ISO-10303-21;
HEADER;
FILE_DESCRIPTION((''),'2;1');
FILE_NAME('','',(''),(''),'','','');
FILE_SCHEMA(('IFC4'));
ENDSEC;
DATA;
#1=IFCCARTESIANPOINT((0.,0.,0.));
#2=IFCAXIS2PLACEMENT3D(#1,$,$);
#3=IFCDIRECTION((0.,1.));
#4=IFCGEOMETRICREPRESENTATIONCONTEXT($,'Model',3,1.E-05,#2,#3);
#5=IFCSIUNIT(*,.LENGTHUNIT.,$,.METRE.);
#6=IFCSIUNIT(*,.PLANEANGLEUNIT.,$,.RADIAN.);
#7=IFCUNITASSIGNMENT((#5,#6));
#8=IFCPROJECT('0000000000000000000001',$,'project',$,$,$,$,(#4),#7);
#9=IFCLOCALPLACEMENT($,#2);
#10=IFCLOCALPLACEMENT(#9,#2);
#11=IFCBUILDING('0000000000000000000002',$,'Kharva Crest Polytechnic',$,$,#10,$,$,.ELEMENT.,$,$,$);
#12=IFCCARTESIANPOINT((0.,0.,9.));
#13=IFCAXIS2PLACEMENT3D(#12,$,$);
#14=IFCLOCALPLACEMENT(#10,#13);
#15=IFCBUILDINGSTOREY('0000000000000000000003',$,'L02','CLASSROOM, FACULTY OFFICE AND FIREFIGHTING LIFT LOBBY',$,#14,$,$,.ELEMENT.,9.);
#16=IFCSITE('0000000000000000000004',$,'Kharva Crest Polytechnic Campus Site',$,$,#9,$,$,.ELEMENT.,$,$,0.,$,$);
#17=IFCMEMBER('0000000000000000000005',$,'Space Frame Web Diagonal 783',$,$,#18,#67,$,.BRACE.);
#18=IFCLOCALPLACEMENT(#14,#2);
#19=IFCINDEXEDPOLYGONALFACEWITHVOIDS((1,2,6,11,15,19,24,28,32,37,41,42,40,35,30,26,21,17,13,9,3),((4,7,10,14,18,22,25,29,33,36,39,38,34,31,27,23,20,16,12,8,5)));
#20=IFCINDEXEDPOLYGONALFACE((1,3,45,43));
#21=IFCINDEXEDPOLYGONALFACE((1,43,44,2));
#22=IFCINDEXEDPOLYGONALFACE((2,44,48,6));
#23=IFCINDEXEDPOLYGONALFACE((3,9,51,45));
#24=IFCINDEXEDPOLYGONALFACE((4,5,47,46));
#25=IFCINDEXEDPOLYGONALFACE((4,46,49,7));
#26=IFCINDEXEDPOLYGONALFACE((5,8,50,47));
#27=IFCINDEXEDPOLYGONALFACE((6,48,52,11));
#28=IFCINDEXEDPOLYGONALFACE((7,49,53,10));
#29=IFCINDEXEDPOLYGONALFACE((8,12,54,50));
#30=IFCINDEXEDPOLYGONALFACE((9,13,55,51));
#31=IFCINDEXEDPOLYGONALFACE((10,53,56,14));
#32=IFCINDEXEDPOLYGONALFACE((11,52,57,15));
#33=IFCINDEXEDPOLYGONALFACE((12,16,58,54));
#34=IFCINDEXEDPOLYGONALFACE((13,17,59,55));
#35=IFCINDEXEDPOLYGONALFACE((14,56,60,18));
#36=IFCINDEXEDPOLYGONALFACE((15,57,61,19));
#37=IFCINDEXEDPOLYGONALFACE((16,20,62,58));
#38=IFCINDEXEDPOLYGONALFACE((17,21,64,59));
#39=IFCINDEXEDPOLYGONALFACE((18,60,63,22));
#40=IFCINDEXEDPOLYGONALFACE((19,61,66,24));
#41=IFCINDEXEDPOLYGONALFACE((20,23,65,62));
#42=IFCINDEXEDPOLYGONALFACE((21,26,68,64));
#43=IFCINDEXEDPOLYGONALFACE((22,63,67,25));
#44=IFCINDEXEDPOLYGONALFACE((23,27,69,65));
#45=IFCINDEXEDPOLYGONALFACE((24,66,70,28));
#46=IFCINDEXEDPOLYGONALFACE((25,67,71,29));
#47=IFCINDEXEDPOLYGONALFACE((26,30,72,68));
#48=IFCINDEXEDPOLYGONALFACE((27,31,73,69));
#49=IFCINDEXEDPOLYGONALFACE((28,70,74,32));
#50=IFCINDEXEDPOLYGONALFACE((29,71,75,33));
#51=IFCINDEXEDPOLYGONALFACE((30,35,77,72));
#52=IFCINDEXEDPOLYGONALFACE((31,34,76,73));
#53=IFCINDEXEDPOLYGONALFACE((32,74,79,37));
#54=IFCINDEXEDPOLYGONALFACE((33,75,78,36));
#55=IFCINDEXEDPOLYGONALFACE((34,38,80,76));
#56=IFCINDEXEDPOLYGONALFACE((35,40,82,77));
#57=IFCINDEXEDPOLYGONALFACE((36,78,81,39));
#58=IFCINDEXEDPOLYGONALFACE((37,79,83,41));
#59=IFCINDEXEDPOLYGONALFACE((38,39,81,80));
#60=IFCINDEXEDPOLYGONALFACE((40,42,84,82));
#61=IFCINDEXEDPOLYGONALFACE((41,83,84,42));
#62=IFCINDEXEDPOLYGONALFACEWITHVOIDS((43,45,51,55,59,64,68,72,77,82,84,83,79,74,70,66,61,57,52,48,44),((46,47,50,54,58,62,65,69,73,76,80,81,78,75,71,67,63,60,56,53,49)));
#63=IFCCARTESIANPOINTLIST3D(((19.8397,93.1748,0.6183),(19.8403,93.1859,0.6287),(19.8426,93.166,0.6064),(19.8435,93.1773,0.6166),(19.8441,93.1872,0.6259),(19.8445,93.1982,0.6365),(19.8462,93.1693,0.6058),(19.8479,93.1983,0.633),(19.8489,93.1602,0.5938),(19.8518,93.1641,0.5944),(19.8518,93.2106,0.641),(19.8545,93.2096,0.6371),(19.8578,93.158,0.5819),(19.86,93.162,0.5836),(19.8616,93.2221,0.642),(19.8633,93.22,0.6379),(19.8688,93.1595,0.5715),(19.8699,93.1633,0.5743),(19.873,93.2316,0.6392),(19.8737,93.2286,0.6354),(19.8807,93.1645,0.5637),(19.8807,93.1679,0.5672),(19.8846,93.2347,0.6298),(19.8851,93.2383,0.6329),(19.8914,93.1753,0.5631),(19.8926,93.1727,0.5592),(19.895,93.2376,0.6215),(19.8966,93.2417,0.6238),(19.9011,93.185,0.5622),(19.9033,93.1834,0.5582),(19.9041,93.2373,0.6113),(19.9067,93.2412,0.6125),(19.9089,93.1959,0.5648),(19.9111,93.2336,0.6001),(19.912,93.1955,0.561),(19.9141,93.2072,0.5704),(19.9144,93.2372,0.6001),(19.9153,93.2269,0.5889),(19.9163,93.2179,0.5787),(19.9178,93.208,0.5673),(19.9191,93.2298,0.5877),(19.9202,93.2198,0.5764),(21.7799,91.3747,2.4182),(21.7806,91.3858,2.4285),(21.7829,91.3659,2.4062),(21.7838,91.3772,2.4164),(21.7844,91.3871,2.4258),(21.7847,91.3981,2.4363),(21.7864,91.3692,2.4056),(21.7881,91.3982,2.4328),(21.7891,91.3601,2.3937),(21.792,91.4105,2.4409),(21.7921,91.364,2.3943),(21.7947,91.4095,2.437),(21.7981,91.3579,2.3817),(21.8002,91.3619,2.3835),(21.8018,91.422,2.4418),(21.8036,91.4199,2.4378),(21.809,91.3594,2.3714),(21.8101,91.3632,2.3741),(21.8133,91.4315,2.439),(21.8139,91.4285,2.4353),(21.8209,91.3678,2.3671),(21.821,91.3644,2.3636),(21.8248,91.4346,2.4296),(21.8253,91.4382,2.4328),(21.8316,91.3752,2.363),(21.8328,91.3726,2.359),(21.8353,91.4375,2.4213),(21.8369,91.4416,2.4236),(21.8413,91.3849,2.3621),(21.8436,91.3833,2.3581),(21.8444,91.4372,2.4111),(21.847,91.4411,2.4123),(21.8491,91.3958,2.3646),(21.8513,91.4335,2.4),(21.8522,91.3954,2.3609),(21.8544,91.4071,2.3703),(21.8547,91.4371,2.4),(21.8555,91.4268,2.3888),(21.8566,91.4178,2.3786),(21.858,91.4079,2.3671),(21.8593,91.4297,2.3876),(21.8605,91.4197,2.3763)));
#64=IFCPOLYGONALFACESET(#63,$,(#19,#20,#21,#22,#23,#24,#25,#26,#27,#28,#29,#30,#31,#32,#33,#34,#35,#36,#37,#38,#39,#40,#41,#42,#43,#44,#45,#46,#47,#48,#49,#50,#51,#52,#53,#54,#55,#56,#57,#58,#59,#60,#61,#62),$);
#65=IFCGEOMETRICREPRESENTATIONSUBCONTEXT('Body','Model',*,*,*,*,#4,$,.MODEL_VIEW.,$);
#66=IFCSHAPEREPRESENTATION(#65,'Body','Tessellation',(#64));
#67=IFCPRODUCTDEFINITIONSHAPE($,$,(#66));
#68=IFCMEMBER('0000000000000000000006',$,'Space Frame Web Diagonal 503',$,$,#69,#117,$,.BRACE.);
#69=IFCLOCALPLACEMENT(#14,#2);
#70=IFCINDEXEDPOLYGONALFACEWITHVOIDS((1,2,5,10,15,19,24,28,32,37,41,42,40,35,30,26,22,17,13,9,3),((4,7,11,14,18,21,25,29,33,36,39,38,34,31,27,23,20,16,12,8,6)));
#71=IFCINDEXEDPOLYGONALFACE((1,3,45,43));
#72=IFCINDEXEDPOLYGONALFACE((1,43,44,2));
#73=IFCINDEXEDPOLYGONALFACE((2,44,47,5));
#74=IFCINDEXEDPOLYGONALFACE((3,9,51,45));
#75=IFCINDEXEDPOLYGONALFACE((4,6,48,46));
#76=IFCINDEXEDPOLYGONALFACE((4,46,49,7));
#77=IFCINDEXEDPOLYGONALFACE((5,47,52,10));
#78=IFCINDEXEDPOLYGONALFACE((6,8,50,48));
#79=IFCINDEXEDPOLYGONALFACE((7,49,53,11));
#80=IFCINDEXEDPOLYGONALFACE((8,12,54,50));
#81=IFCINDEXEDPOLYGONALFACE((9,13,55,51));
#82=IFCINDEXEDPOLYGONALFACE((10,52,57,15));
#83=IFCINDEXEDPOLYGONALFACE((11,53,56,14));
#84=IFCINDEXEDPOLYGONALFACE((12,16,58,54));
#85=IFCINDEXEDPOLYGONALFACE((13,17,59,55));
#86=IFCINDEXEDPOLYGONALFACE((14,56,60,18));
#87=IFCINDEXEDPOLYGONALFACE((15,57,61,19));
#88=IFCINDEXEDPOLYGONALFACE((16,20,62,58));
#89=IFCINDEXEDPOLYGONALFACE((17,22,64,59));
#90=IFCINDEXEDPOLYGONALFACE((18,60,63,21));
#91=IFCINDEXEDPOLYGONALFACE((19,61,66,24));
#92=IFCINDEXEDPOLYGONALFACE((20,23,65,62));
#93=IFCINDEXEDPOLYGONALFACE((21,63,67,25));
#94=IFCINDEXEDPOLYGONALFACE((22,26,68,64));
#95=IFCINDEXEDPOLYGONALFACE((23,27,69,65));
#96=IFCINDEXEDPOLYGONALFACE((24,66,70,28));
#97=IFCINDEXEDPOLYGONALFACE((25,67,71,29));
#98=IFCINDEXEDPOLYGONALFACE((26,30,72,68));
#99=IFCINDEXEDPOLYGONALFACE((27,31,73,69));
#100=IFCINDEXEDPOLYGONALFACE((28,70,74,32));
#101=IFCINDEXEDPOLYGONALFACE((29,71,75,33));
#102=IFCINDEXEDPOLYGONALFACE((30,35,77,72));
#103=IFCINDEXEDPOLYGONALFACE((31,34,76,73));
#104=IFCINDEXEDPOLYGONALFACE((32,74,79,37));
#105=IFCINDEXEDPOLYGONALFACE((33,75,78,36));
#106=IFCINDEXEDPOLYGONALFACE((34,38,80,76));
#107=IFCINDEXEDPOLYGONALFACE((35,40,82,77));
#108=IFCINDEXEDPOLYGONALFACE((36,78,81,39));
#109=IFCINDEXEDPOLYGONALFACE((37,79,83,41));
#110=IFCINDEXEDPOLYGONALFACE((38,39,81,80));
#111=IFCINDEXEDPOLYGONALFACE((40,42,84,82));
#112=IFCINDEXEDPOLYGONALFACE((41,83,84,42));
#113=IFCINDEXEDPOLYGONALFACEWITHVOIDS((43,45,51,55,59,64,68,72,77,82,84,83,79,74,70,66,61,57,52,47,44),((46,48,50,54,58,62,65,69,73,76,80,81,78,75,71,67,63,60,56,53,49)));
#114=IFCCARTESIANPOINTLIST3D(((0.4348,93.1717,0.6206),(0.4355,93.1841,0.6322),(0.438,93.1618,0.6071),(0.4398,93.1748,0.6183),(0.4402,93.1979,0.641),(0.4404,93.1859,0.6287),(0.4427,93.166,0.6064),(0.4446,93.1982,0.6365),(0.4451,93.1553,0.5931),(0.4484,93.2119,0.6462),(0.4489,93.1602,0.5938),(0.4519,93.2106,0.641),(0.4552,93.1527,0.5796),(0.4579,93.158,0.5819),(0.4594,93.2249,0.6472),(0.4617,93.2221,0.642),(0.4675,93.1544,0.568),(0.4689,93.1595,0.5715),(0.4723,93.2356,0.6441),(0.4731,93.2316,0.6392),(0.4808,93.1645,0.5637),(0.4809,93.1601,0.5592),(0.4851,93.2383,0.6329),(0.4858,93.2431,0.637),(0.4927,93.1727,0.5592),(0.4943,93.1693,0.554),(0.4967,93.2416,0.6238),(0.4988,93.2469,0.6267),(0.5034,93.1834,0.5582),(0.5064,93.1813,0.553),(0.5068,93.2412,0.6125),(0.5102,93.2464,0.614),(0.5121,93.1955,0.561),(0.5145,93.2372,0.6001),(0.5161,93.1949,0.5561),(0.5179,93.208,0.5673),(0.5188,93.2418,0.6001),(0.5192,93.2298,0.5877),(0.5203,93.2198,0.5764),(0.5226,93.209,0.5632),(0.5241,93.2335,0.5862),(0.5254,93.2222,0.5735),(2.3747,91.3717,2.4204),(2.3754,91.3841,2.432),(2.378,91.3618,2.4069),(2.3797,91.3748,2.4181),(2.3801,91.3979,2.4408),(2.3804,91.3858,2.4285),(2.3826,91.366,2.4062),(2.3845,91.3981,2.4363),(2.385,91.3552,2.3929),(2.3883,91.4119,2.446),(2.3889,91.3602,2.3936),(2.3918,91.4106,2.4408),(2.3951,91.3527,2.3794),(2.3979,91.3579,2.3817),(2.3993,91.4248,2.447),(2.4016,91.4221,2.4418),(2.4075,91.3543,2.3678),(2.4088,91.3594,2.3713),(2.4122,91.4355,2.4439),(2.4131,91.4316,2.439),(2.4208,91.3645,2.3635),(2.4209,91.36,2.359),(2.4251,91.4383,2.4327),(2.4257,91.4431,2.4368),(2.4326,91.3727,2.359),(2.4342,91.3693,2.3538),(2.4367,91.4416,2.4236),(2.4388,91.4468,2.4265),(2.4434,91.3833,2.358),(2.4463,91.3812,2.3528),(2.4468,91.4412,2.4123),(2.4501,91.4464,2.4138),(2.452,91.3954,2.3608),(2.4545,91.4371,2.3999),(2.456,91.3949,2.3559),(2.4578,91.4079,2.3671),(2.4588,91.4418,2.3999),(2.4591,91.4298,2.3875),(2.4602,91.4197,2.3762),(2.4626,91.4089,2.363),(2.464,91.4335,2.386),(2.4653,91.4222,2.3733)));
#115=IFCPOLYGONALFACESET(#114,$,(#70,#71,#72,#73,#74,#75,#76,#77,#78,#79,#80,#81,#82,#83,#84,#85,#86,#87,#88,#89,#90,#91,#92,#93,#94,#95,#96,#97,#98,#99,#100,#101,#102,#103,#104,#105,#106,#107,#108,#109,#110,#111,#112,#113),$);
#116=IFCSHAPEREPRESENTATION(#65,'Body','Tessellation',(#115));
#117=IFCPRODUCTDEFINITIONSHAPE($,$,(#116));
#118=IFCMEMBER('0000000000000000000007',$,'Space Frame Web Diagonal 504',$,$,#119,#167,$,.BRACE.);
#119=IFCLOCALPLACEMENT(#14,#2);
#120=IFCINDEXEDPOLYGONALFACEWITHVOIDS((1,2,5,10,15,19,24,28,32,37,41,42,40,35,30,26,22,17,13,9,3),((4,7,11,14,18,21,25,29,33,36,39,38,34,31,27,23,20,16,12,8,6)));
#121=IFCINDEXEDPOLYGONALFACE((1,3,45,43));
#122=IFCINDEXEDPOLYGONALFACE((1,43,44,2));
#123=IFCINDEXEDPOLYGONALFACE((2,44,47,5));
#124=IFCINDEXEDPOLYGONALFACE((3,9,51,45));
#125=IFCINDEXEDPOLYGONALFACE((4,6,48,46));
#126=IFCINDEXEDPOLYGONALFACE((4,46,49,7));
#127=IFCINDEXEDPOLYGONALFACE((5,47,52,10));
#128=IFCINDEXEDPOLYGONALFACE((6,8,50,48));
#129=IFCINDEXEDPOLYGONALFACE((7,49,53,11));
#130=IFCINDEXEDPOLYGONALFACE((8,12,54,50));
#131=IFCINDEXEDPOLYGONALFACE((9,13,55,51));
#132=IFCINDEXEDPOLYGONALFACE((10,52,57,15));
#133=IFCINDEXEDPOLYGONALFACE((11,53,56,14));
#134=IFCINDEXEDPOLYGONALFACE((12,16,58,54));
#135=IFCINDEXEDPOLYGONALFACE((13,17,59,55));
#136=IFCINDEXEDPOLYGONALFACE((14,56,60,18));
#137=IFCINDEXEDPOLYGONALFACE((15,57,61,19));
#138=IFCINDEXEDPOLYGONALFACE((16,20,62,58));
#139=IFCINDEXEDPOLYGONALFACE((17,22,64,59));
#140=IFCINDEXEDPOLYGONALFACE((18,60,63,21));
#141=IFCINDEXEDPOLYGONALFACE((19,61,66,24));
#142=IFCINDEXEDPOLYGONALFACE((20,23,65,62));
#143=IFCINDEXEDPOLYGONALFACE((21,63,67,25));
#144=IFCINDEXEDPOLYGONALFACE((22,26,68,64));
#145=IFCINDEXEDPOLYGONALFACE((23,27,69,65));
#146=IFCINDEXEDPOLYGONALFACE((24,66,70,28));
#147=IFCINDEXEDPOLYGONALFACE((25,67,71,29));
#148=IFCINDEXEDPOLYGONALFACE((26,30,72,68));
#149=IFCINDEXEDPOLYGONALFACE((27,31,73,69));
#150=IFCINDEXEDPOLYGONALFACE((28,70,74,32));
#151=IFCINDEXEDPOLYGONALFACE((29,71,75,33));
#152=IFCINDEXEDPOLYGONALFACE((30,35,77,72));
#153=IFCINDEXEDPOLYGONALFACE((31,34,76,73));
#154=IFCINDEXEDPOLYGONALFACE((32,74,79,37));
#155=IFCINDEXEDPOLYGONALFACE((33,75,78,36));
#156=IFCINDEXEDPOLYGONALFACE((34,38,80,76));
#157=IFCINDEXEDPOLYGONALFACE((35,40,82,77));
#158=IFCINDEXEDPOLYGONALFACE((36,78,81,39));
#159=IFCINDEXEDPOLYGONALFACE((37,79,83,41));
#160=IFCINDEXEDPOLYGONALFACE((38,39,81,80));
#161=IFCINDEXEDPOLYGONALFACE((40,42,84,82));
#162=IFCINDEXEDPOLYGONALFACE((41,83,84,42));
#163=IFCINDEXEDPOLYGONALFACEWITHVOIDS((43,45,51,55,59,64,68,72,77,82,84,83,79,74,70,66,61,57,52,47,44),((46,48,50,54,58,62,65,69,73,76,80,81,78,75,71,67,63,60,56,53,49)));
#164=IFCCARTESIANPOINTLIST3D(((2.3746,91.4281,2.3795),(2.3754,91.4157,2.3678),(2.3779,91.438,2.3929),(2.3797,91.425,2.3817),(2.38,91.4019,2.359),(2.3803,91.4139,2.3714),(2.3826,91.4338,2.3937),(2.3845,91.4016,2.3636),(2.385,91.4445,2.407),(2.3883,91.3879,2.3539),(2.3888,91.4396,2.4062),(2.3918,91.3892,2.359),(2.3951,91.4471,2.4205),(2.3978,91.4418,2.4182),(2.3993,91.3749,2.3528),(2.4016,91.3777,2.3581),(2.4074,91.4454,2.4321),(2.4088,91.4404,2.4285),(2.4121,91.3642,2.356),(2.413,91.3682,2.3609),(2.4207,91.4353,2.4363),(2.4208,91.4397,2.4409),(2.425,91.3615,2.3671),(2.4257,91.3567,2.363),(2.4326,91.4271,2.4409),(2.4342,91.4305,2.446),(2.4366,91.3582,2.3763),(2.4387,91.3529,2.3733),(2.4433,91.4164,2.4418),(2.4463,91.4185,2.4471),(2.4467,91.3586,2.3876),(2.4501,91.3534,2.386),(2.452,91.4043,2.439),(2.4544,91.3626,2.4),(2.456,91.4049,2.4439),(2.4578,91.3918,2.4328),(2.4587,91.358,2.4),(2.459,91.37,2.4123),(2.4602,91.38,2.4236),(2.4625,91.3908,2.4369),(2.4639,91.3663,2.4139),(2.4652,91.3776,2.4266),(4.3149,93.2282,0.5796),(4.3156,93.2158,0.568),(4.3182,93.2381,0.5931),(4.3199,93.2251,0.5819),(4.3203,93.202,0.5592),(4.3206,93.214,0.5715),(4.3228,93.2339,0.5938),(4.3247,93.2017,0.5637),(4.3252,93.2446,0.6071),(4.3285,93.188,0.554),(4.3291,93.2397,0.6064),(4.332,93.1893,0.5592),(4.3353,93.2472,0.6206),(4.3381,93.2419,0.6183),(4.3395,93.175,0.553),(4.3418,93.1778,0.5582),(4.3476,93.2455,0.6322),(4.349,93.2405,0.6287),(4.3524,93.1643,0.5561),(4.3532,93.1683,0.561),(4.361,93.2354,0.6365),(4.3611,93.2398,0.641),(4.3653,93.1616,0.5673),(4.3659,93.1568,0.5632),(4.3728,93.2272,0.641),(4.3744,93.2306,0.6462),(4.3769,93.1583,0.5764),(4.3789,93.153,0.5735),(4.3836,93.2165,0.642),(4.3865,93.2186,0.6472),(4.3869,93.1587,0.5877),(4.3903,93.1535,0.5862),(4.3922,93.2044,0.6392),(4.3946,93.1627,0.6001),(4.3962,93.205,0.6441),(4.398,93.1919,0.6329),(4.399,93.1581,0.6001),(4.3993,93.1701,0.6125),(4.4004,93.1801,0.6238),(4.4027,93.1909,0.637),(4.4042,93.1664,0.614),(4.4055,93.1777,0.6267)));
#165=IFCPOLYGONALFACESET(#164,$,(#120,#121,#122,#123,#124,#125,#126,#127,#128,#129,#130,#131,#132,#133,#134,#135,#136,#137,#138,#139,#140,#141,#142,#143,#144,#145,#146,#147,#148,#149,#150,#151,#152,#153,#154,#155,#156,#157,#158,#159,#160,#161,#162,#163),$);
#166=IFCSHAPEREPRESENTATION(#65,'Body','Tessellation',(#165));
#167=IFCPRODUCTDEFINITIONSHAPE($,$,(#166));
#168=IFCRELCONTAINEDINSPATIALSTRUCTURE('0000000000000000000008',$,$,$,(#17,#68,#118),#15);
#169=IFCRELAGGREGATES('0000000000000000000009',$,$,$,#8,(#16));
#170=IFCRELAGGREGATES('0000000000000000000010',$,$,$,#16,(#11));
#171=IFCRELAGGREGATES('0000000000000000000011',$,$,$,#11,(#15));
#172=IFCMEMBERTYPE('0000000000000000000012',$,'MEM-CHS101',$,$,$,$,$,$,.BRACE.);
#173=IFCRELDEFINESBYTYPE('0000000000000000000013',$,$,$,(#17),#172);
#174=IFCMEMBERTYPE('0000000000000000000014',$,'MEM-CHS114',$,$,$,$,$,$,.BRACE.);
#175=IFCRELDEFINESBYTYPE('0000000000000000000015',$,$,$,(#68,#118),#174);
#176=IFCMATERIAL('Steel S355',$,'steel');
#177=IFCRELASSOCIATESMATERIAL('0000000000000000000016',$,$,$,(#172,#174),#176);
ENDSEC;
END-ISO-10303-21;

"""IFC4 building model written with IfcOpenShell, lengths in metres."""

from ifc_helpers import new_model, si_unit, direction, frame, origin, origin_2d, place, context, subcontext, project, spatial, hollow_circle, extrude, material, material_profile, profile_set, type_object, element, save


model = new_model("IFC4")

# Units and contexts
model_context = context("Model", 3, precision=1e-05, world=origin(), true_north=direction((0.0, 1.0)))
body_context = subcontext(model_context, "Body", "Model", "MODEL_VIEW")
ifc_project = project(units=[si_unit("LENGTHUNIT", "METRE"), si_unit("PLANEANGLEUNIT", "RADIAN")], contexts=[model_context])

# Site, building, storey
site_placement = place(None, origin())
site = spatial("IfcSite", under=ifc_project, at=site_placement, Name="Kharva Crest Polytechnic Campus Site", CompositionType="ELEMENT", RefElevation=0.0)
building_placement = place(site_placement, origin())
building = spatial("IfcBuilding", under=site, at=building_placement, Name="Kharva Crest Polytechnic", CompositionType="ELEMENT")
storey_placement = place(building_placement, frame((0.0, 0.0, 9.0)))
storey = spatial("IfcBuildingStorey", under=building, at=storey_placement, Name="L02", Description="CLASSROOM, FACULTY OFFICE AND FIREFIGHTING LIFT LOBBY", CompositionType="ELEMENT", Elevation=9.0)

# Members
ifc_material = material(Name="Steel S355", Category="steel")
ifc_material_profile_1 = material_profile(ifc_material, hollow_circle(Radius=0.0508, WallThickness=0.0049, at=origin_2d()), Name="CHS 101.6X5.0")
ifc_profile_set_1 = profile_set([ifc_material_profile_1], Name="Steel S355")
member_type_1 = type_object("IfcMemberType", Name="MEM-CHS101", PredefinedType="BRACE", material=ifc_profile_set_1)
member_1_placement = place(storey_placement, frame((19.8799, 93.2, 0.6001), z_axis=(0.606196, -0.562411, 0.562335), x_axis=(0.680136, 0.733086, 0.0)))
element("IfcMember", 1, at=member_1_placement, inside=storey, type_object=member_type_1, Name="Space Frame Web Diagonal 783", PredefinedType="BRACE", context=body_context, shape_type="SweptSolid", body=[
    extrude(hollow_circle(Radius=0.0508, WallThickness=0.0049, at=origin_2d()), origin(), (0.0, 0.0, 1.0), 3.2007),
])
ifc_material_profile_2 = material_profile(ifc_material, hollow_circle(Radius=0.0571, WallThickness=0.0063, at=origin_2d()), Name="CHS 114.3X6.3")
ifc_profile_set_2 = profile_set([ifc_material_profile_2], Name="Steel S355")
member_type_2 = type_object("IfcMemberType", Name="MEM-CHS114", PredefinedType="BRACE", material=ifc_profile_set_2)
member_2_placement = place(storey_placement, frame((0.48, 93.2, 0.6001), z_axis=(0.606147, -0.562437, 0.562361), x_axis=(0.680182, 0.733043, 0.0)))
element("IfcMember", 2, at=member_2_placement, inside=storey, type_object=member_type_2, Name="Space Frame Web Diagonal 503", PredefinedType="BRACE", context=body_context, shape_type="SweptSolid", body=[
    extrude(hollow_circle(Radius=0.0571, WallThickness=0.0063, at=origin_2d()), origin(), (0.0, 0.0, 1.0), 3.2004),
])
member_3_placement = place(storey_placement, frame((4.3601, 93.2, 0.6001), z_axis=(-0.606196, -0.562411, 0.562335), x_axis=(0.680136, -0.733086, 0.0)))
element("IfcMember", 3, at=member_3_placement, inside=storey, type_object=member_type_2, Name="Space Frame Web Diagonal 504", PredefinedType="BRACE", context=body_context, shape_type="SweptSolid", body=[
    extrude(hollow_circle(Radius=0.0571, WallThickness=0.0063, at=origin_2d()), origin(), (0.0, 0.0, 1.0), 3.2007),
])

save(model, "model.ifc")
